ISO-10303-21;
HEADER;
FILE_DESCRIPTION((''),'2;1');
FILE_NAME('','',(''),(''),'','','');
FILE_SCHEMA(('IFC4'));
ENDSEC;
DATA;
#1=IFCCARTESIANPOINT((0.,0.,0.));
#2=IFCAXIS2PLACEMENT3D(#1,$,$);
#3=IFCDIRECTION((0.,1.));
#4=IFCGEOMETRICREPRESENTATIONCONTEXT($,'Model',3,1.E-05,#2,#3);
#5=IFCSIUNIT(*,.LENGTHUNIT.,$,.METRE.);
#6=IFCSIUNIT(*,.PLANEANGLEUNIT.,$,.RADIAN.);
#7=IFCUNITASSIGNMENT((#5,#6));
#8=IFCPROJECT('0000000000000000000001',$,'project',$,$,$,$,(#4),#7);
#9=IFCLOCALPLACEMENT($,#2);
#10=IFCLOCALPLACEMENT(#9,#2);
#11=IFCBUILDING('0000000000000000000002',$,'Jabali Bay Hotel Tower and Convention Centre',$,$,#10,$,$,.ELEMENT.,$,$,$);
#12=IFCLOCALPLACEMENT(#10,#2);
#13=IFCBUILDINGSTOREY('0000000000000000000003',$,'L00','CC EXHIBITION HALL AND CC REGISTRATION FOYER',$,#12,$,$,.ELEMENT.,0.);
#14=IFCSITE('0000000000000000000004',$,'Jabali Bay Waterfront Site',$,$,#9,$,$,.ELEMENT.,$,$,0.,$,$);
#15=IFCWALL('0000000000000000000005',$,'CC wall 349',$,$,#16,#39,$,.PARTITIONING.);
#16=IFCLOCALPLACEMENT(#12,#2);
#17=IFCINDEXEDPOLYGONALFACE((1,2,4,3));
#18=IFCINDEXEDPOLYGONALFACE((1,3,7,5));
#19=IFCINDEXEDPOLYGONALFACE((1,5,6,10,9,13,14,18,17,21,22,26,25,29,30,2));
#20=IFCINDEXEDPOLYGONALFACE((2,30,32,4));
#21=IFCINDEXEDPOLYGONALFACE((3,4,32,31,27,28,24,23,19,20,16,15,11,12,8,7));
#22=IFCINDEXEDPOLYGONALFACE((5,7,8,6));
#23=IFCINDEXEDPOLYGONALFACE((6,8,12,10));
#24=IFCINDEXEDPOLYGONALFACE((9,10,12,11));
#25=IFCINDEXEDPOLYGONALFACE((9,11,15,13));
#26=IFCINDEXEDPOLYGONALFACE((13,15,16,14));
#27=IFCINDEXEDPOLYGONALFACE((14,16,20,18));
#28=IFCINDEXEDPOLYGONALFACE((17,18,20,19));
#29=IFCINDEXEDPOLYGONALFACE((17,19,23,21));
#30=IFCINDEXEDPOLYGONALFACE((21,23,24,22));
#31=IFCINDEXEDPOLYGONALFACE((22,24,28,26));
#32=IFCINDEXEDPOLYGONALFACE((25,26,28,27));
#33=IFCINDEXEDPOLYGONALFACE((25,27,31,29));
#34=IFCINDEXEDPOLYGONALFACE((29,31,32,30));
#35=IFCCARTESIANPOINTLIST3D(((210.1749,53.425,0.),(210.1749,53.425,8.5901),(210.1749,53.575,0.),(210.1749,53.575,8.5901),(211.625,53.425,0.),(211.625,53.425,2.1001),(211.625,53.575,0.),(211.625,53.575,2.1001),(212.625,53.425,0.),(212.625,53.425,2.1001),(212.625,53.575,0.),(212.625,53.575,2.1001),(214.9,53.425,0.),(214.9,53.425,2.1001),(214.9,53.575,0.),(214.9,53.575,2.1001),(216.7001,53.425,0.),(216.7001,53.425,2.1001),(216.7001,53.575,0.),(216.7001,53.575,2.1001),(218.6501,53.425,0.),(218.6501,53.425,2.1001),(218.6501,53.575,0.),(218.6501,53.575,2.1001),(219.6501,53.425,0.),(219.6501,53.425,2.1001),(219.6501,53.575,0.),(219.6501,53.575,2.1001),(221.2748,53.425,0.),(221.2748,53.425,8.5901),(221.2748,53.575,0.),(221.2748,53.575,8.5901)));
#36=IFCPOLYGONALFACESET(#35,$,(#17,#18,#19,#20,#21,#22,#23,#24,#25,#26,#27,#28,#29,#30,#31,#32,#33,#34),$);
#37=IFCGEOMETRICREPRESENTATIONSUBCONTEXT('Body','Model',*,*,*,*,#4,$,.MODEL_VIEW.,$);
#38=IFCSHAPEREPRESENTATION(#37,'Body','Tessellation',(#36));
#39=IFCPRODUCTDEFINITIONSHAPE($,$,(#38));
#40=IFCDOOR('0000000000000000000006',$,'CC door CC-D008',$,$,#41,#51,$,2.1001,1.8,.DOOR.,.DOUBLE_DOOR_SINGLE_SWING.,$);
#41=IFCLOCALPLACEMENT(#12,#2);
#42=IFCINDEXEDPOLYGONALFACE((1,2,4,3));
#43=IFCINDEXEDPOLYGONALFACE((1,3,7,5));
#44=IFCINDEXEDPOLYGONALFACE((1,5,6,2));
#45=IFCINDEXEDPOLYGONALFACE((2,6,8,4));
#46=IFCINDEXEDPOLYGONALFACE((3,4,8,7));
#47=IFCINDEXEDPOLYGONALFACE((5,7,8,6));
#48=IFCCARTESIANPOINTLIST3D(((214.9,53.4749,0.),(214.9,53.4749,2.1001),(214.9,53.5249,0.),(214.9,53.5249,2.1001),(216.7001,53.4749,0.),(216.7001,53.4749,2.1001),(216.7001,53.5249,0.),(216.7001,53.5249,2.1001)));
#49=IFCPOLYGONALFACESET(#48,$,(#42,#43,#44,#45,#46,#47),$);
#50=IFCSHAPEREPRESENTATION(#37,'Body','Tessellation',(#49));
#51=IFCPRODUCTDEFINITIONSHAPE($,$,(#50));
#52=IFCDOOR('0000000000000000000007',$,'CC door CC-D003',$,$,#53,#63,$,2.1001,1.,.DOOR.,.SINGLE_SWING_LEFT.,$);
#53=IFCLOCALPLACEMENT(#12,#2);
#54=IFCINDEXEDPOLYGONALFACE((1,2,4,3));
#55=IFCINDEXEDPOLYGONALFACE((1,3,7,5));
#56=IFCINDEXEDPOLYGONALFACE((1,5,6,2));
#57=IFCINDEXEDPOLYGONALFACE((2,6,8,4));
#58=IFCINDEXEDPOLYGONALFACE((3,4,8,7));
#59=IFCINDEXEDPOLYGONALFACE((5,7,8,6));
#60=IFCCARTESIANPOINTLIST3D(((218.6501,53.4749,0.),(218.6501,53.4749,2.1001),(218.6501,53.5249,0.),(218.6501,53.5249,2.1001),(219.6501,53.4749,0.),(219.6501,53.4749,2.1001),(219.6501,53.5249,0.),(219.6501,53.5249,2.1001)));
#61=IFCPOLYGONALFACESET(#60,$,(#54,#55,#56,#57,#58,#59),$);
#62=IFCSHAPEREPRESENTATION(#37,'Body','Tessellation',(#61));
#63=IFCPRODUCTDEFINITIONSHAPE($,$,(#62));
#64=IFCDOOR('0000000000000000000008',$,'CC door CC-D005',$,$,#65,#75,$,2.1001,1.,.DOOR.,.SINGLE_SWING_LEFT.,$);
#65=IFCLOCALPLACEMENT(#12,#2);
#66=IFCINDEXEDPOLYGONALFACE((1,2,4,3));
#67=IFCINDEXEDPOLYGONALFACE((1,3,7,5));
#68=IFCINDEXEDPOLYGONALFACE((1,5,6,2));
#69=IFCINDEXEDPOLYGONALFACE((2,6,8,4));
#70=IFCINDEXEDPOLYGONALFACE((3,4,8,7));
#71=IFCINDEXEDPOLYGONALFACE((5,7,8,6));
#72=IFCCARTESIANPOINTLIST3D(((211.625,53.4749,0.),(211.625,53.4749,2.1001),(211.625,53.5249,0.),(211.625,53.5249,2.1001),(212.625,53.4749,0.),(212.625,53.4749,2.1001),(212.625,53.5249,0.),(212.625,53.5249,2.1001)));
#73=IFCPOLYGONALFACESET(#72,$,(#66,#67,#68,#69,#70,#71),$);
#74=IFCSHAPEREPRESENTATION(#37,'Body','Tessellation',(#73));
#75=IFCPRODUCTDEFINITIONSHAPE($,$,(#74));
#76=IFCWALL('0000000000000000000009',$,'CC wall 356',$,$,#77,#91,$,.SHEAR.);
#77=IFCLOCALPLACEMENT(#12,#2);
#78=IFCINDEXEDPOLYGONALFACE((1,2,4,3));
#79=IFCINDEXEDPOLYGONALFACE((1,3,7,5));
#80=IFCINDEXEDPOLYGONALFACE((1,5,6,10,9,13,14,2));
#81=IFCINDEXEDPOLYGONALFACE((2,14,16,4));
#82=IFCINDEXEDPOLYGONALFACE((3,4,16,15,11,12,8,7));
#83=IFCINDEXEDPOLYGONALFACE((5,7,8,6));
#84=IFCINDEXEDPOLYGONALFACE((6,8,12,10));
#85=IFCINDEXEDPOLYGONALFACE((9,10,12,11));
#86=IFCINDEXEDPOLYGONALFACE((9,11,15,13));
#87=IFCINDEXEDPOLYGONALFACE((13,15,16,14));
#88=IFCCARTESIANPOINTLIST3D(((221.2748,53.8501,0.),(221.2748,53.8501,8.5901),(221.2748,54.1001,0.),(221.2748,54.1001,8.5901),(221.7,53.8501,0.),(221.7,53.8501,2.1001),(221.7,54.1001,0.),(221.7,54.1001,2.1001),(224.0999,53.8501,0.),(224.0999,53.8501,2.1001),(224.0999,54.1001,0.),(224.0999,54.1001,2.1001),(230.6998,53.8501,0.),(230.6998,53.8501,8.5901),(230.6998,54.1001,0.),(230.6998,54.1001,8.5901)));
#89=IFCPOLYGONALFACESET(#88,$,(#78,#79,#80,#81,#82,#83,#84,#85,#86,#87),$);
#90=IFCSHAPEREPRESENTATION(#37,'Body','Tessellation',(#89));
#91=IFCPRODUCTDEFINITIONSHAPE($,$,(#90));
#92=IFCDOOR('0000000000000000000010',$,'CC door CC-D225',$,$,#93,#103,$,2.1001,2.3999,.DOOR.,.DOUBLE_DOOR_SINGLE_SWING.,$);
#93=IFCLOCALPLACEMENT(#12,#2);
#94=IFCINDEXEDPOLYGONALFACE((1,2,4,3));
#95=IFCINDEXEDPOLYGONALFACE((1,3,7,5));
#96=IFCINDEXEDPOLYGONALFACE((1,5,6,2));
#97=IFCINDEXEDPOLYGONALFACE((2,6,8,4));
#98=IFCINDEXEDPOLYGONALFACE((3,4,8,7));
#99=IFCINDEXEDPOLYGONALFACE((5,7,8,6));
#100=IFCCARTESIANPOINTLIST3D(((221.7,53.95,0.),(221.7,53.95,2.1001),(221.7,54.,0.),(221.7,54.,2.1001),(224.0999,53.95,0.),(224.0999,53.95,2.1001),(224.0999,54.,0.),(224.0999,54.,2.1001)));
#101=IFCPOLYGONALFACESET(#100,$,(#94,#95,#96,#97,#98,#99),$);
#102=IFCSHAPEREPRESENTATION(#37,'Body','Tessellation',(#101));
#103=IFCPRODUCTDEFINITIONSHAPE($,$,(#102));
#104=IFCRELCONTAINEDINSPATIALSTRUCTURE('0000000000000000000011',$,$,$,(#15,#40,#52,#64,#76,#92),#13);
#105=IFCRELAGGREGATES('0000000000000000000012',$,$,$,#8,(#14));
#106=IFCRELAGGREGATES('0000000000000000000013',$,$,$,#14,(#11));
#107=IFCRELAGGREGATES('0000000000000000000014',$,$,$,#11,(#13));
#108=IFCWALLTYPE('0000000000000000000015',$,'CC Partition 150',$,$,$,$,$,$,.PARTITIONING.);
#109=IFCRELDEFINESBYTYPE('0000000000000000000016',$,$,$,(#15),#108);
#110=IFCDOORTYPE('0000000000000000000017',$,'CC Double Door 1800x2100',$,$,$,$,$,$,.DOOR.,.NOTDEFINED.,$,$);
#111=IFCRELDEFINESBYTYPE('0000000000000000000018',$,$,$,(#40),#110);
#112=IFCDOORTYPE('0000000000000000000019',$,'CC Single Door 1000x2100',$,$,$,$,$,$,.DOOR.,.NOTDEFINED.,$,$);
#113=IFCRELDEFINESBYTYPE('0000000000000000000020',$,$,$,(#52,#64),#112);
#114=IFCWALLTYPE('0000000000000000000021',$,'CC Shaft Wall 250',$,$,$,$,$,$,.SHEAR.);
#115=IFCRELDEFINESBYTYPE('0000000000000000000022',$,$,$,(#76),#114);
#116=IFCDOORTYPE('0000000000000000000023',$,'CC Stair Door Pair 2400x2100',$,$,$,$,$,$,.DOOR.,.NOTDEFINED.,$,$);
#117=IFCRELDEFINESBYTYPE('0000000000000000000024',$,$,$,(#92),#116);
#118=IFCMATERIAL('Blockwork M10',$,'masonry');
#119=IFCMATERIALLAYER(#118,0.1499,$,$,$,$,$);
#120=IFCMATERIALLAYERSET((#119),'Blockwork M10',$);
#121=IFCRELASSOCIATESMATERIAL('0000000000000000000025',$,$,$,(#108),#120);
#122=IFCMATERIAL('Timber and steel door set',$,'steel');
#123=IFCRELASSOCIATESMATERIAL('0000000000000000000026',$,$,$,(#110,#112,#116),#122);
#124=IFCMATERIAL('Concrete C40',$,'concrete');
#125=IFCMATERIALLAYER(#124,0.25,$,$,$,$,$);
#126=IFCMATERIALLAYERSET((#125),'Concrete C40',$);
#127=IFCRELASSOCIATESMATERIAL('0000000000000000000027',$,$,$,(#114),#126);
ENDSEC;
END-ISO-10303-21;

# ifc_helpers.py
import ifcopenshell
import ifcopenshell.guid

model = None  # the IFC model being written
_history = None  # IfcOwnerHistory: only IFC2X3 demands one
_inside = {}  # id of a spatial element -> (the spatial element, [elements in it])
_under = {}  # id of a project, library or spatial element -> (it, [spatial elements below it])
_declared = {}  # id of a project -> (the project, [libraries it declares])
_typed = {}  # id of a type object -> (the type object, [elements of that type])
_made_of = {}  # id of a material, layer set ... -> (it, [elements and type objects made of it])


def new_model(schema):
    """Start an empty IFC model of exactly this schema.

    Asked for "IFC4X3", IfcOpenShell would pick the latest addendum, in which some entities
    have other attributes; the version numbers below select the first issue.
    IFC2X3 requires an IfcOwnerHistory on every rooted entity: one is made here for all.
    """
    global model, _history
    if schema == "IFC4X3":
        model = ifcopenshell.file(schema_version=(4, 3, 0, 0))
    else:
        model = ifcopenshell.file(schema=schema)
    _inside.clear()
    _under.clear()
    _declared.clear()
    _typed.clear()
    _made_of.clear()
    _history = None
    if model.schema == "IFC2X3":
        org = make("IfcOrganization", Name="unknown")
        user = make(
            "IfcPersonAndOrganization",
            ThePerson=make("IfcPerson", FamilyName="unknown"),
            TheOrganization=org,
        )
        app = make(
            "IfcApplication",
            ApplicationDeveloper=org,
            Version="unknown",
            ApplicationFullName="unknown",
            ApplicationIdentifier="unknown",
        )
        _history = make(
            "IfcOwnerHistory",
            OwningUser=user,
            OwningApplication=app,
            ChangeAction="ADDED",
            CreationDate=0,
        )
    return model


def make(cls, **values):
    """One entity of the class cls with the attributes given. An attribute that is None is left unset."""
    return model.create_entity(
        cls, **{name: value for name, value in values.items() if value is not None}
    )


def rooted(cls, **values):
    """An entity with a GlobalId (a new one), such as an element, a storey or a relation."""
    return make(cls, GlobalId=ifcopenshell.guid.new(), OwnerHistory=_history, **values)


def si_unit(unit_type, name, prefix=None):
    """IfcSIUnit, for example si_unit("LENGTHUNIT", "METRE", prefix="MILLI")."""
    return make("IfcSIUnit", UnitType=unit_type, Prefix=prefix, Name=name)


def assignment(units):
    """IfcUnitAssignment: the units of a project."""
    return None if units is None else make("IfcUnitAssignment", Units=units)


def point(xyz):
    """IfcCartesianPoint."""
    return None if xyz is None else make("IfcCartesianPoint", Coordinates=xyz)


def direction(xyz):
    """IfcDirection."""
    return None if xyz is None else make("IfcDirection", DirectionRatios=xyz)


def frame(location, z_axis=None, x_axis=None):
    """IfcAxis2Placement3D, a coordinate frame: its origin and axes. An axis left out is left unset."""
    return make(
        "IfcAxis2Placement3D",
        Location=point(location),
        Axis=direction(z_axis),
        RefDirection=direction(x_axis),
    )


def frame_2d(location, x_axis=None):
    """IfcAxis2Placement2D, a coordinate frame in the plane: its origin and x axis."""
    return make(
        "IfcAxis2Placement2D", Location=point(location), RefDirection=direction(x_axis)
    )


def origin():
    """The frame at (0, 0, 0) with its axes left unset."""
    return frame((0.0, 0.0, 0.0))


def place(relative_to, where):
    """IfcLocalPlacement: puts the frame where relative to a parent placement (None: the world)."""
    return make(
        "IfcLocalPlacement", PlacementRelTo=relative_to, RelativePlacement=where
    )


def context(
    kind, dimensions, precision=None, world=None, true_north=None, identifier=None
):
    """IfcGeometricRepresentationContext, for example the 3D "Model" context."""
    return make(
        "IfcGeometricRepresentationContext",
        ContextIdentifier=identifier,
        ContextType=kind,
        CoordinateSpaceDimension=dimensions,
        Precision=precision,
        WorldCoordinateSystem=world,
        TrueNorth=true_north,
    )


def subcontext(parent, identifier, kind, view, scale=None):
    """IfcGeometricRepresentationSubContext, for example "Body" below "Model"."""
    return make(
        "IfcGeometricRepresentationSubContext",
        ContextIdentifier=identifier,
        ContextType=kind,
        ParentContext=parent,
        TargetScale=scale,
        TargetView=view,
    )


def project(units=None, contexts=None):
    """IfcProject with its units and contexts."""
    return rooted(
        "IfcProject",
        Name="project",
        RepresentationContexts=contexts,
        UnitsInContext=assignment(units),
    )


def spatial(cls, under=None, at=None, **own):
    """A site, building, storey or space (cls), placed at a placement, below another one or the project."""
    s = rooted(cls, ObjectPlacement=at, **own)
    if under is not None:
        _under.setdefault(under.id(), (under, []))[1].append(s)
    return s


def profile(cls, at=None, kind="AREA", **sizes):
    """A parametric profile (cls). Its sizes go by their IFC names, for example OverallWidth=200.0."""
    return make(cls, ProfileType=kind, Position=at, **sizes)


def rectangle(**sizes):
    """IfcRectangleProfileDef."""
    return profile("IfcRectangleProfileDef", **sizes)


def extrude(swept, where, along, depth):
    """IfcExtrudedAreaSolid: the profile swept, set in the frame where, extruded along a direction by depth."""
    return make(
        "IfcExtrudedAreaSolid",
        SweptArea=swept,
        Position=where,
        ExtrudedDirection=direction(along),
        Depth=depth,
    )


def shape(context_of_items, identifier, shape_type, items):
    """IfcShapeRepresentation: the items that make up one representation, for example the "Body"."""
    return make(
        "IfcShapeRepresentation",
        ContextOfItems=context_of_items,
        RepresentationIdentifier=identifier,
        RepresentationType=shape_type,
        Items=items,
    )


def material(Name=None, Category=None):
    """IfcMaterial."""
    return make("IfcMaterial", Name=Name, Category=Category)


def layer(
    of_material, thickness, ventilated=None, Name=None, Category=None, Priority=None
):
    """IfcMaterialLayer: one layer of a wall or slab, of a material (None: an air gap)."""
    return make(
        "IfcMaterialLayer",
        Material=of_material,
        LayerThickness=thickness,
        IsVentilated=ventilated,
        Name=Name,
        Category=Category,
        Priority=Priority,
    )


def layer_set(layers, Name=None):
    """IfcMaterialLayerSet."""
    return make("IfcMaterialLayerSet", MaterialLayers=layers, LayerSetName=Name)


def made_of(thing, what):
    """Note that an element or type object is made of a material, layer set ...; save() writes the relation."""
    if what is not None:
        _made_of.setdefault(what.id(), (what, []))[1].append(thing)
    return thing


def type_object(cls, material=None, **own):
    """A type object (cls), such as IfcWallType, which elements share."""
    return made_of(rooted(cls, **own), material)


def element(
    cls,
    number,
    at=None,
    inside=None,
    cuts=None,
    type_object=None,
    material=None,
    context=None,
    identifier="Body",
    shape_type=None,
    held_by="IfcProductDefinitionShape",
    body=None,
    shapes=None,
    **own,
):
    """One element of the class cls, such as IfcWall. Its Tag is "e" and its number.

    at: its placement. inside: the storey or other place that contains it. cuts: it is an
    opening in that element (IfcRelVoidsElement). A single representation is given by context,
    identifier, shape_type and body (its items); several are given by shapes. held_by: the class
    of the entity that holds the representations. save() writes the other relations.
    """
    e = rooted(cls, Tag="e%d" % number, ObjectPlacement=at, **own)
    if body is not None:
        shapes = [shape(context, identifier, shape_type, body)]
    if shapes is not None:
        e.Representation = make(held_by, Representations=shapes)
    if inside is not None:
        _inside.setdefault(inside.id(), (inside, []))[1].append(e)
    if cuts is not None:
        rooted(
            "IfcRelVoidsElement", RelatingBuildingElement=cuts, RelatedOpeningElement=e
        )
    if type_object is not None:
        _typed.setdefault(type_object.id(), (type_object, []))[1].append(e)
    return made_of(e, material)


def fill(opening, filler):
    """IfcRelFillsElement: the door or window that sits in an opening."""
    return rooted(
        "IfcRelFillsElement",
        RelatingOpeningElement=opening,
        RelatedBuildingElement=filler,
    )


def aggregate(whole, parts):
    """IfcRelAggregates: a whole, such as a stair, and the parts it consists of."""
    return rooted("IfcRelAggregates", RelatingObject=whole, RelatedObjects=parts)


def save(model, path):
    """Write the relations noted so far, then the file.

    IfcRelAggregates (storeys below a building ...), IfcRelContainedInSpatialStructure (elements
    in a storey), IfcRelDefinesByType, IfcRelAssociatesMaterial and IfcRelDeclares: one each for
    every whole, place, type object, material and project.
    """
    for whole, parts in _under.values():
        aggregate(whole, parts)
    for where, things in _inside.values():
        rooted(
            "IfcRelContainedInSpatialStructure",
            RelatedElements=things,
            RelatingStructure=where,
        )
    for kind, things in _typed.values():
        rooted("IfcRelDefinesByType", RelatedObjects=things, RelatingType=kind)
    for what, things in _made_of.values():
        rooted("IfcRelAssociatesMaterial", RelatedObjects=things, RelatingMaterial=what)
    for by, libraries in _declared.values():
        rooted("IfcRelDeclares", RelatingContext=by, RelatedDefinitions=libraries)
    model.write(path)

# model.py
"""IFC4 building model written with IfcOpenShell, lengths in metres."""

from ifc_helpers import new_model, si_unit, direction, frame, frame_2d, origin, place, context, subcontext, project, spatial, rectangle, extrude, material, layer, layer_set, type_object, element, fill, save


model = new_model("IFC4")

# Units and contexts
model_context = context("Model", 3, precision=1e-05, world=origin(), true_north=direction((0.0, 1.0)))
body_context = subcontext(model_context, "Body", "Model", "MODEL_VIEW")
ifc_project = project(units=[si_unit("LENGTHUNIT", "METRE"), si_unit("PLANEANGLEUNIT", "RADIAN")], contexts=[model_context])

# Site, building, storey
site_placement = place(None, origin())
site = spatial("IfcSite", under=ifc_project, at=site_placement, Name="Jabali Bay Waterfront Site", CompositionType="ELEMENT", RefElevation=0.0)
building_placement = place(site_placement, origin())
building = spatial("IfcBuilding", under=site, at=building_placement, Name="Jabali Bay Hotel Tower and Convention Centre", CompositionType="ELEMENT")
storey_placement = place(building_placement, origin())
storey = spatial("IfcBuildingStorey", under=building, at=storey_placement, Name="L00", Description="CC EXHIBITION HALL AND CC REGISTRATION FOYER", CompositionType="ELEMENT", Elevation=0.0)

# Shared definitions
ifc_material_1 = material(Name="Concrete C40", Category="concrete")
ifc_material_2 = material(Name="Timber and steel door set", Category="steel")

# Wall, openings, doors
ifc_material_3 = material(Name="Blockwork M10", Category="masonry")
ifc_layer_1 = layer(ifc_material_3, 0.1499)
ifc_layer_set_1 = layer_set([ifc_layer_1], Name="Blockwork M10")
wall_type_1 = type_object("IfcWallType", Name="CC Partition 150", PredefinedType="PARTITIONING", material=ifc_layer_set_1)
wall_1_placement = place(storey_placement, frame((210.175, 53.5, 0.0), z_axis=(0.0, 0.0, 1.0), x_axis=(1.0, 0.0, 0.0)))
wall_1 = element("IfcWall", 1, at=wall_1_placement, inside=storey, type_object=wall_type_1, Name="CC wall 349", PredefinedType="PARTITIONING", context=body_context, shape_type="SweptSolid", body=[
    extrude(rectangle(XDim=11.0999, YDim=0.1499, at=frame_2d((5.5498, 0.0))), origin(), (0.0, 0.0, 1.0), 8.5901),
])
opening_1_placement = place(wall_1_placement, frame((8.4751, 0.0, 0.0)))
opening_1 = element("IfcOpeningElement", 2, at=opening_1_placement, cuts=wall_1, PredefinedType="OPENING", context=body_context, shape_type="SweptSolid", body=[
    extrude(rectangle(XDim=1.0, YDim=2.1001, at=frame_2d((0.5, 1.05))), frame((0.0, 0.0854, 0.0), z_axis=(0.0, -1.0, 0.0), x_axis=(1.0, 0.0, 0.0)), (0.0, 0.0, 1.0), 0.1709),
])
opening_2_placement = place(wall_1_placement, frame((1.45, 0.0, 0.0)))
opening_2 = element("IfcOpeningElement", 3, at=opening_2_placement, cuts=wall_1, PredefinedType="OPENING", context=body_context, shape_type="SweptSolid", body=[
    extrude(rectangle(XDim=1.0, YDim=2.1001, at=frame_2d((0.5, 1.05))), frame((0.0, 0.0854, 0.0), z_axis=(0.0, -1.0, 0.0), x_axis=(1.0, 0.0, 0.0)), (0.0, 0.0, 1.0), 0.1709),
])
opening_3_placement = place(wall_1_placement, frame((4.7251, 0.0, 0.0)))
opening_3 = element("IfcOpeningElement", 4, at=opening_3_placement, cuts=wall_1, PredefinedType="OPENING", context=body_context, shape_type="SweptSolid", body=[
    extrude(rectangle(XDim=1.8, YDim=2.1001, at=frame_2d((0.8999, 1.05))), frame((0.0, 0.0854, 0.0), z_axis=(0.0, -1.0, 0.0), x_axis=(1.0, 0.0, 0.0)), (0.0, 0.0, 1.0), 0.1709),
])
door_type_1 = type_object("IfcDoorType", Name="CC Double Door 1800x2100", OperationType="NOTDEFINED", PredefinedType="DOOR", material=ifc_material_2)
door_1_placement = place(opening_3_placement, origin())
door_1 = element("IfcDoor", 5, at=door_1_placement, inside=storey, type_object=door_type_1, Name="CC door CC-D008", OperationType="DOUBLE_DOOR_SINGLE_SWING", OverallHeight=2.1001, OverallWidth=1.8, PredefinedType="DOOR", context=body_context, shape_type="SweptSolid", body=[
    extrude(rectangle(XDim=1.8, YDim=2.1001, at=frame_2d((0.8999, 1.05))), frame((0.0, 0.0249, 0.0), z_axis=(0.0, -1.0, 0.0), x_axis=(1.0, 0.0, 0.0)), (0.0, 0.0, 1.0), 0.05),
])
fill(opening_3, door_1)
door_type_2 = type_object("IfcDoorType", Name="CC Single Door 1000x2100", OperationType="NOTDEFINED", PredefinedType="DOOR", material=ifc_material_2)
door_2_placement = place(opening_1_placement, origin())
door_2 = element("IfcDoor", 6, at=door_2_placement, inside=storey, type_object=door_type_2, Name="CC door CC-D003", OperationType="SINGLE_SWING_LEFT", OverallHeight=2.1001, OverallWidth=1.0, PredefinedType="DOOR", context=body_context, shape_type="SweptSolid", body=[
    extrude(rectangle(XDim=1.0, YDim=2.1001, at=frame_2d((0.5, 1.05))), frame((0.0, 0.0249, 0.0), z_axis=(0.0, -1.0, 0.0), x_axis=(1.0, 0.0, 0.0)), (0.0, 0.0, 1.0), 0.05),
])
fill(opening_1, door_2)
door_3_placement = place(opening_2_placement, origin())
door_3 = element("IfcDoor", 7, at=door_3_placement, inside=storey, type_object=door_type_2, Name="CC door CC-D005", OperationType="SINGLE_SWING_LEFT", OverallHeight=2.1001, OverallWidth=1.0, PredefinedType="DOOR", context=body_context, shape_type="SweptSolid", body=[
    extrude(rectangle(XDim=1.0, YDim=2.1001, at=frame_2d((0.5, 1.05))), frame((0.0, 0.0249, 0.0), z_axis=(0.0, -1.0, 0.0), x_axis=(1.0, 0.0, 0.0)), (0.0, 0.0, 1.0), 0.05),
])
fill(opening_2, door_3)

# Wall, opening, door
ifc_layer_2 = layer(ifc_material_1, 0.25)
ifc_layer_set_2 = layer_set([ifc_layer_2], Name="Concrete C40")
wall_type_2 = type_object("IfcWallType", Name="CC Shaft Wall 250", PredefinedType="SHEAR", material=ifc_layer_set_2)
wall_2_placement = place(storey_placement, frame((221.2749, 53.9751, 0.0), z_axis=(0.0, 0.0, 1.0), x_axis=(1.0, 0.0, 0.0)))
wall_2 = element("IfcWall", 8, at=wall_2_placement, inside=storey, type_object=wall_type_2, Name="CC wall 356", PredefinedType="SHEAR", context=body_context, shape_type="SweptSolid", body=[
    extrude(rectangle(XDim=9.425, YDim=0.25, at=frame_2d((4.7124, 0.0))), origin(), (0.0, 0.0, 1.0), 8.5901),
])
opening_4_placement = place(wall_2_placement, frame((0.425, 0.0, 0.0)))
opening_4 = element("IfcOpeningElement", 9, at=opening_4_placement, cuts=wall_2, PredefinedType="OPENING", context=body_context, shape_type="SweptSolid", body=[
    extrude(rectangle(XDim=2.3999, YDim=2.1001, at=frame_2d((1.2, 1.05))), frame((0.0, 0.1355, 0.0), z_axis=(0.0, -1.0, 0.0), x_axis=(1.0, 0.0, 0.0)), (0.0, 0.0, 1.0), 0.271),
])
door_type_3 = type_object("IfcDoorType", Name="CC Stair Door Pair 2400x2100", OperationType="NOTDEFINED", PredefinedType="DOOR", material=ifc_material_2)
door_4_placement = place(opening_4_placement, origin())
door_4 = element("IfcDoor", 10, at=door_4_placement, inside=storey, type_object=door_type_3, Name="CC door CC-D225", OperationType="DOUBLE_DOOR_SINGLE_SWING", OverallHeight=2.1001, OverallWidth=2.3999, PredefinedType="DOOR", context=body_context, shape_type="SweptSolid", body=[
    extrude(rectangle(XDim=2.3999, YDim=2.1001, at=frame_2d((1.2, 1.05))), frame((0.0, 0.0249, 0.0), z_axis=(0.0, -1.0, 0.0), x_axis=(1.0, 0.0, 0.0)), (0.0, 0.0, 1.0), 0.05),
])
fill(opening_4, door_4)

save(model, "model.ifc")
